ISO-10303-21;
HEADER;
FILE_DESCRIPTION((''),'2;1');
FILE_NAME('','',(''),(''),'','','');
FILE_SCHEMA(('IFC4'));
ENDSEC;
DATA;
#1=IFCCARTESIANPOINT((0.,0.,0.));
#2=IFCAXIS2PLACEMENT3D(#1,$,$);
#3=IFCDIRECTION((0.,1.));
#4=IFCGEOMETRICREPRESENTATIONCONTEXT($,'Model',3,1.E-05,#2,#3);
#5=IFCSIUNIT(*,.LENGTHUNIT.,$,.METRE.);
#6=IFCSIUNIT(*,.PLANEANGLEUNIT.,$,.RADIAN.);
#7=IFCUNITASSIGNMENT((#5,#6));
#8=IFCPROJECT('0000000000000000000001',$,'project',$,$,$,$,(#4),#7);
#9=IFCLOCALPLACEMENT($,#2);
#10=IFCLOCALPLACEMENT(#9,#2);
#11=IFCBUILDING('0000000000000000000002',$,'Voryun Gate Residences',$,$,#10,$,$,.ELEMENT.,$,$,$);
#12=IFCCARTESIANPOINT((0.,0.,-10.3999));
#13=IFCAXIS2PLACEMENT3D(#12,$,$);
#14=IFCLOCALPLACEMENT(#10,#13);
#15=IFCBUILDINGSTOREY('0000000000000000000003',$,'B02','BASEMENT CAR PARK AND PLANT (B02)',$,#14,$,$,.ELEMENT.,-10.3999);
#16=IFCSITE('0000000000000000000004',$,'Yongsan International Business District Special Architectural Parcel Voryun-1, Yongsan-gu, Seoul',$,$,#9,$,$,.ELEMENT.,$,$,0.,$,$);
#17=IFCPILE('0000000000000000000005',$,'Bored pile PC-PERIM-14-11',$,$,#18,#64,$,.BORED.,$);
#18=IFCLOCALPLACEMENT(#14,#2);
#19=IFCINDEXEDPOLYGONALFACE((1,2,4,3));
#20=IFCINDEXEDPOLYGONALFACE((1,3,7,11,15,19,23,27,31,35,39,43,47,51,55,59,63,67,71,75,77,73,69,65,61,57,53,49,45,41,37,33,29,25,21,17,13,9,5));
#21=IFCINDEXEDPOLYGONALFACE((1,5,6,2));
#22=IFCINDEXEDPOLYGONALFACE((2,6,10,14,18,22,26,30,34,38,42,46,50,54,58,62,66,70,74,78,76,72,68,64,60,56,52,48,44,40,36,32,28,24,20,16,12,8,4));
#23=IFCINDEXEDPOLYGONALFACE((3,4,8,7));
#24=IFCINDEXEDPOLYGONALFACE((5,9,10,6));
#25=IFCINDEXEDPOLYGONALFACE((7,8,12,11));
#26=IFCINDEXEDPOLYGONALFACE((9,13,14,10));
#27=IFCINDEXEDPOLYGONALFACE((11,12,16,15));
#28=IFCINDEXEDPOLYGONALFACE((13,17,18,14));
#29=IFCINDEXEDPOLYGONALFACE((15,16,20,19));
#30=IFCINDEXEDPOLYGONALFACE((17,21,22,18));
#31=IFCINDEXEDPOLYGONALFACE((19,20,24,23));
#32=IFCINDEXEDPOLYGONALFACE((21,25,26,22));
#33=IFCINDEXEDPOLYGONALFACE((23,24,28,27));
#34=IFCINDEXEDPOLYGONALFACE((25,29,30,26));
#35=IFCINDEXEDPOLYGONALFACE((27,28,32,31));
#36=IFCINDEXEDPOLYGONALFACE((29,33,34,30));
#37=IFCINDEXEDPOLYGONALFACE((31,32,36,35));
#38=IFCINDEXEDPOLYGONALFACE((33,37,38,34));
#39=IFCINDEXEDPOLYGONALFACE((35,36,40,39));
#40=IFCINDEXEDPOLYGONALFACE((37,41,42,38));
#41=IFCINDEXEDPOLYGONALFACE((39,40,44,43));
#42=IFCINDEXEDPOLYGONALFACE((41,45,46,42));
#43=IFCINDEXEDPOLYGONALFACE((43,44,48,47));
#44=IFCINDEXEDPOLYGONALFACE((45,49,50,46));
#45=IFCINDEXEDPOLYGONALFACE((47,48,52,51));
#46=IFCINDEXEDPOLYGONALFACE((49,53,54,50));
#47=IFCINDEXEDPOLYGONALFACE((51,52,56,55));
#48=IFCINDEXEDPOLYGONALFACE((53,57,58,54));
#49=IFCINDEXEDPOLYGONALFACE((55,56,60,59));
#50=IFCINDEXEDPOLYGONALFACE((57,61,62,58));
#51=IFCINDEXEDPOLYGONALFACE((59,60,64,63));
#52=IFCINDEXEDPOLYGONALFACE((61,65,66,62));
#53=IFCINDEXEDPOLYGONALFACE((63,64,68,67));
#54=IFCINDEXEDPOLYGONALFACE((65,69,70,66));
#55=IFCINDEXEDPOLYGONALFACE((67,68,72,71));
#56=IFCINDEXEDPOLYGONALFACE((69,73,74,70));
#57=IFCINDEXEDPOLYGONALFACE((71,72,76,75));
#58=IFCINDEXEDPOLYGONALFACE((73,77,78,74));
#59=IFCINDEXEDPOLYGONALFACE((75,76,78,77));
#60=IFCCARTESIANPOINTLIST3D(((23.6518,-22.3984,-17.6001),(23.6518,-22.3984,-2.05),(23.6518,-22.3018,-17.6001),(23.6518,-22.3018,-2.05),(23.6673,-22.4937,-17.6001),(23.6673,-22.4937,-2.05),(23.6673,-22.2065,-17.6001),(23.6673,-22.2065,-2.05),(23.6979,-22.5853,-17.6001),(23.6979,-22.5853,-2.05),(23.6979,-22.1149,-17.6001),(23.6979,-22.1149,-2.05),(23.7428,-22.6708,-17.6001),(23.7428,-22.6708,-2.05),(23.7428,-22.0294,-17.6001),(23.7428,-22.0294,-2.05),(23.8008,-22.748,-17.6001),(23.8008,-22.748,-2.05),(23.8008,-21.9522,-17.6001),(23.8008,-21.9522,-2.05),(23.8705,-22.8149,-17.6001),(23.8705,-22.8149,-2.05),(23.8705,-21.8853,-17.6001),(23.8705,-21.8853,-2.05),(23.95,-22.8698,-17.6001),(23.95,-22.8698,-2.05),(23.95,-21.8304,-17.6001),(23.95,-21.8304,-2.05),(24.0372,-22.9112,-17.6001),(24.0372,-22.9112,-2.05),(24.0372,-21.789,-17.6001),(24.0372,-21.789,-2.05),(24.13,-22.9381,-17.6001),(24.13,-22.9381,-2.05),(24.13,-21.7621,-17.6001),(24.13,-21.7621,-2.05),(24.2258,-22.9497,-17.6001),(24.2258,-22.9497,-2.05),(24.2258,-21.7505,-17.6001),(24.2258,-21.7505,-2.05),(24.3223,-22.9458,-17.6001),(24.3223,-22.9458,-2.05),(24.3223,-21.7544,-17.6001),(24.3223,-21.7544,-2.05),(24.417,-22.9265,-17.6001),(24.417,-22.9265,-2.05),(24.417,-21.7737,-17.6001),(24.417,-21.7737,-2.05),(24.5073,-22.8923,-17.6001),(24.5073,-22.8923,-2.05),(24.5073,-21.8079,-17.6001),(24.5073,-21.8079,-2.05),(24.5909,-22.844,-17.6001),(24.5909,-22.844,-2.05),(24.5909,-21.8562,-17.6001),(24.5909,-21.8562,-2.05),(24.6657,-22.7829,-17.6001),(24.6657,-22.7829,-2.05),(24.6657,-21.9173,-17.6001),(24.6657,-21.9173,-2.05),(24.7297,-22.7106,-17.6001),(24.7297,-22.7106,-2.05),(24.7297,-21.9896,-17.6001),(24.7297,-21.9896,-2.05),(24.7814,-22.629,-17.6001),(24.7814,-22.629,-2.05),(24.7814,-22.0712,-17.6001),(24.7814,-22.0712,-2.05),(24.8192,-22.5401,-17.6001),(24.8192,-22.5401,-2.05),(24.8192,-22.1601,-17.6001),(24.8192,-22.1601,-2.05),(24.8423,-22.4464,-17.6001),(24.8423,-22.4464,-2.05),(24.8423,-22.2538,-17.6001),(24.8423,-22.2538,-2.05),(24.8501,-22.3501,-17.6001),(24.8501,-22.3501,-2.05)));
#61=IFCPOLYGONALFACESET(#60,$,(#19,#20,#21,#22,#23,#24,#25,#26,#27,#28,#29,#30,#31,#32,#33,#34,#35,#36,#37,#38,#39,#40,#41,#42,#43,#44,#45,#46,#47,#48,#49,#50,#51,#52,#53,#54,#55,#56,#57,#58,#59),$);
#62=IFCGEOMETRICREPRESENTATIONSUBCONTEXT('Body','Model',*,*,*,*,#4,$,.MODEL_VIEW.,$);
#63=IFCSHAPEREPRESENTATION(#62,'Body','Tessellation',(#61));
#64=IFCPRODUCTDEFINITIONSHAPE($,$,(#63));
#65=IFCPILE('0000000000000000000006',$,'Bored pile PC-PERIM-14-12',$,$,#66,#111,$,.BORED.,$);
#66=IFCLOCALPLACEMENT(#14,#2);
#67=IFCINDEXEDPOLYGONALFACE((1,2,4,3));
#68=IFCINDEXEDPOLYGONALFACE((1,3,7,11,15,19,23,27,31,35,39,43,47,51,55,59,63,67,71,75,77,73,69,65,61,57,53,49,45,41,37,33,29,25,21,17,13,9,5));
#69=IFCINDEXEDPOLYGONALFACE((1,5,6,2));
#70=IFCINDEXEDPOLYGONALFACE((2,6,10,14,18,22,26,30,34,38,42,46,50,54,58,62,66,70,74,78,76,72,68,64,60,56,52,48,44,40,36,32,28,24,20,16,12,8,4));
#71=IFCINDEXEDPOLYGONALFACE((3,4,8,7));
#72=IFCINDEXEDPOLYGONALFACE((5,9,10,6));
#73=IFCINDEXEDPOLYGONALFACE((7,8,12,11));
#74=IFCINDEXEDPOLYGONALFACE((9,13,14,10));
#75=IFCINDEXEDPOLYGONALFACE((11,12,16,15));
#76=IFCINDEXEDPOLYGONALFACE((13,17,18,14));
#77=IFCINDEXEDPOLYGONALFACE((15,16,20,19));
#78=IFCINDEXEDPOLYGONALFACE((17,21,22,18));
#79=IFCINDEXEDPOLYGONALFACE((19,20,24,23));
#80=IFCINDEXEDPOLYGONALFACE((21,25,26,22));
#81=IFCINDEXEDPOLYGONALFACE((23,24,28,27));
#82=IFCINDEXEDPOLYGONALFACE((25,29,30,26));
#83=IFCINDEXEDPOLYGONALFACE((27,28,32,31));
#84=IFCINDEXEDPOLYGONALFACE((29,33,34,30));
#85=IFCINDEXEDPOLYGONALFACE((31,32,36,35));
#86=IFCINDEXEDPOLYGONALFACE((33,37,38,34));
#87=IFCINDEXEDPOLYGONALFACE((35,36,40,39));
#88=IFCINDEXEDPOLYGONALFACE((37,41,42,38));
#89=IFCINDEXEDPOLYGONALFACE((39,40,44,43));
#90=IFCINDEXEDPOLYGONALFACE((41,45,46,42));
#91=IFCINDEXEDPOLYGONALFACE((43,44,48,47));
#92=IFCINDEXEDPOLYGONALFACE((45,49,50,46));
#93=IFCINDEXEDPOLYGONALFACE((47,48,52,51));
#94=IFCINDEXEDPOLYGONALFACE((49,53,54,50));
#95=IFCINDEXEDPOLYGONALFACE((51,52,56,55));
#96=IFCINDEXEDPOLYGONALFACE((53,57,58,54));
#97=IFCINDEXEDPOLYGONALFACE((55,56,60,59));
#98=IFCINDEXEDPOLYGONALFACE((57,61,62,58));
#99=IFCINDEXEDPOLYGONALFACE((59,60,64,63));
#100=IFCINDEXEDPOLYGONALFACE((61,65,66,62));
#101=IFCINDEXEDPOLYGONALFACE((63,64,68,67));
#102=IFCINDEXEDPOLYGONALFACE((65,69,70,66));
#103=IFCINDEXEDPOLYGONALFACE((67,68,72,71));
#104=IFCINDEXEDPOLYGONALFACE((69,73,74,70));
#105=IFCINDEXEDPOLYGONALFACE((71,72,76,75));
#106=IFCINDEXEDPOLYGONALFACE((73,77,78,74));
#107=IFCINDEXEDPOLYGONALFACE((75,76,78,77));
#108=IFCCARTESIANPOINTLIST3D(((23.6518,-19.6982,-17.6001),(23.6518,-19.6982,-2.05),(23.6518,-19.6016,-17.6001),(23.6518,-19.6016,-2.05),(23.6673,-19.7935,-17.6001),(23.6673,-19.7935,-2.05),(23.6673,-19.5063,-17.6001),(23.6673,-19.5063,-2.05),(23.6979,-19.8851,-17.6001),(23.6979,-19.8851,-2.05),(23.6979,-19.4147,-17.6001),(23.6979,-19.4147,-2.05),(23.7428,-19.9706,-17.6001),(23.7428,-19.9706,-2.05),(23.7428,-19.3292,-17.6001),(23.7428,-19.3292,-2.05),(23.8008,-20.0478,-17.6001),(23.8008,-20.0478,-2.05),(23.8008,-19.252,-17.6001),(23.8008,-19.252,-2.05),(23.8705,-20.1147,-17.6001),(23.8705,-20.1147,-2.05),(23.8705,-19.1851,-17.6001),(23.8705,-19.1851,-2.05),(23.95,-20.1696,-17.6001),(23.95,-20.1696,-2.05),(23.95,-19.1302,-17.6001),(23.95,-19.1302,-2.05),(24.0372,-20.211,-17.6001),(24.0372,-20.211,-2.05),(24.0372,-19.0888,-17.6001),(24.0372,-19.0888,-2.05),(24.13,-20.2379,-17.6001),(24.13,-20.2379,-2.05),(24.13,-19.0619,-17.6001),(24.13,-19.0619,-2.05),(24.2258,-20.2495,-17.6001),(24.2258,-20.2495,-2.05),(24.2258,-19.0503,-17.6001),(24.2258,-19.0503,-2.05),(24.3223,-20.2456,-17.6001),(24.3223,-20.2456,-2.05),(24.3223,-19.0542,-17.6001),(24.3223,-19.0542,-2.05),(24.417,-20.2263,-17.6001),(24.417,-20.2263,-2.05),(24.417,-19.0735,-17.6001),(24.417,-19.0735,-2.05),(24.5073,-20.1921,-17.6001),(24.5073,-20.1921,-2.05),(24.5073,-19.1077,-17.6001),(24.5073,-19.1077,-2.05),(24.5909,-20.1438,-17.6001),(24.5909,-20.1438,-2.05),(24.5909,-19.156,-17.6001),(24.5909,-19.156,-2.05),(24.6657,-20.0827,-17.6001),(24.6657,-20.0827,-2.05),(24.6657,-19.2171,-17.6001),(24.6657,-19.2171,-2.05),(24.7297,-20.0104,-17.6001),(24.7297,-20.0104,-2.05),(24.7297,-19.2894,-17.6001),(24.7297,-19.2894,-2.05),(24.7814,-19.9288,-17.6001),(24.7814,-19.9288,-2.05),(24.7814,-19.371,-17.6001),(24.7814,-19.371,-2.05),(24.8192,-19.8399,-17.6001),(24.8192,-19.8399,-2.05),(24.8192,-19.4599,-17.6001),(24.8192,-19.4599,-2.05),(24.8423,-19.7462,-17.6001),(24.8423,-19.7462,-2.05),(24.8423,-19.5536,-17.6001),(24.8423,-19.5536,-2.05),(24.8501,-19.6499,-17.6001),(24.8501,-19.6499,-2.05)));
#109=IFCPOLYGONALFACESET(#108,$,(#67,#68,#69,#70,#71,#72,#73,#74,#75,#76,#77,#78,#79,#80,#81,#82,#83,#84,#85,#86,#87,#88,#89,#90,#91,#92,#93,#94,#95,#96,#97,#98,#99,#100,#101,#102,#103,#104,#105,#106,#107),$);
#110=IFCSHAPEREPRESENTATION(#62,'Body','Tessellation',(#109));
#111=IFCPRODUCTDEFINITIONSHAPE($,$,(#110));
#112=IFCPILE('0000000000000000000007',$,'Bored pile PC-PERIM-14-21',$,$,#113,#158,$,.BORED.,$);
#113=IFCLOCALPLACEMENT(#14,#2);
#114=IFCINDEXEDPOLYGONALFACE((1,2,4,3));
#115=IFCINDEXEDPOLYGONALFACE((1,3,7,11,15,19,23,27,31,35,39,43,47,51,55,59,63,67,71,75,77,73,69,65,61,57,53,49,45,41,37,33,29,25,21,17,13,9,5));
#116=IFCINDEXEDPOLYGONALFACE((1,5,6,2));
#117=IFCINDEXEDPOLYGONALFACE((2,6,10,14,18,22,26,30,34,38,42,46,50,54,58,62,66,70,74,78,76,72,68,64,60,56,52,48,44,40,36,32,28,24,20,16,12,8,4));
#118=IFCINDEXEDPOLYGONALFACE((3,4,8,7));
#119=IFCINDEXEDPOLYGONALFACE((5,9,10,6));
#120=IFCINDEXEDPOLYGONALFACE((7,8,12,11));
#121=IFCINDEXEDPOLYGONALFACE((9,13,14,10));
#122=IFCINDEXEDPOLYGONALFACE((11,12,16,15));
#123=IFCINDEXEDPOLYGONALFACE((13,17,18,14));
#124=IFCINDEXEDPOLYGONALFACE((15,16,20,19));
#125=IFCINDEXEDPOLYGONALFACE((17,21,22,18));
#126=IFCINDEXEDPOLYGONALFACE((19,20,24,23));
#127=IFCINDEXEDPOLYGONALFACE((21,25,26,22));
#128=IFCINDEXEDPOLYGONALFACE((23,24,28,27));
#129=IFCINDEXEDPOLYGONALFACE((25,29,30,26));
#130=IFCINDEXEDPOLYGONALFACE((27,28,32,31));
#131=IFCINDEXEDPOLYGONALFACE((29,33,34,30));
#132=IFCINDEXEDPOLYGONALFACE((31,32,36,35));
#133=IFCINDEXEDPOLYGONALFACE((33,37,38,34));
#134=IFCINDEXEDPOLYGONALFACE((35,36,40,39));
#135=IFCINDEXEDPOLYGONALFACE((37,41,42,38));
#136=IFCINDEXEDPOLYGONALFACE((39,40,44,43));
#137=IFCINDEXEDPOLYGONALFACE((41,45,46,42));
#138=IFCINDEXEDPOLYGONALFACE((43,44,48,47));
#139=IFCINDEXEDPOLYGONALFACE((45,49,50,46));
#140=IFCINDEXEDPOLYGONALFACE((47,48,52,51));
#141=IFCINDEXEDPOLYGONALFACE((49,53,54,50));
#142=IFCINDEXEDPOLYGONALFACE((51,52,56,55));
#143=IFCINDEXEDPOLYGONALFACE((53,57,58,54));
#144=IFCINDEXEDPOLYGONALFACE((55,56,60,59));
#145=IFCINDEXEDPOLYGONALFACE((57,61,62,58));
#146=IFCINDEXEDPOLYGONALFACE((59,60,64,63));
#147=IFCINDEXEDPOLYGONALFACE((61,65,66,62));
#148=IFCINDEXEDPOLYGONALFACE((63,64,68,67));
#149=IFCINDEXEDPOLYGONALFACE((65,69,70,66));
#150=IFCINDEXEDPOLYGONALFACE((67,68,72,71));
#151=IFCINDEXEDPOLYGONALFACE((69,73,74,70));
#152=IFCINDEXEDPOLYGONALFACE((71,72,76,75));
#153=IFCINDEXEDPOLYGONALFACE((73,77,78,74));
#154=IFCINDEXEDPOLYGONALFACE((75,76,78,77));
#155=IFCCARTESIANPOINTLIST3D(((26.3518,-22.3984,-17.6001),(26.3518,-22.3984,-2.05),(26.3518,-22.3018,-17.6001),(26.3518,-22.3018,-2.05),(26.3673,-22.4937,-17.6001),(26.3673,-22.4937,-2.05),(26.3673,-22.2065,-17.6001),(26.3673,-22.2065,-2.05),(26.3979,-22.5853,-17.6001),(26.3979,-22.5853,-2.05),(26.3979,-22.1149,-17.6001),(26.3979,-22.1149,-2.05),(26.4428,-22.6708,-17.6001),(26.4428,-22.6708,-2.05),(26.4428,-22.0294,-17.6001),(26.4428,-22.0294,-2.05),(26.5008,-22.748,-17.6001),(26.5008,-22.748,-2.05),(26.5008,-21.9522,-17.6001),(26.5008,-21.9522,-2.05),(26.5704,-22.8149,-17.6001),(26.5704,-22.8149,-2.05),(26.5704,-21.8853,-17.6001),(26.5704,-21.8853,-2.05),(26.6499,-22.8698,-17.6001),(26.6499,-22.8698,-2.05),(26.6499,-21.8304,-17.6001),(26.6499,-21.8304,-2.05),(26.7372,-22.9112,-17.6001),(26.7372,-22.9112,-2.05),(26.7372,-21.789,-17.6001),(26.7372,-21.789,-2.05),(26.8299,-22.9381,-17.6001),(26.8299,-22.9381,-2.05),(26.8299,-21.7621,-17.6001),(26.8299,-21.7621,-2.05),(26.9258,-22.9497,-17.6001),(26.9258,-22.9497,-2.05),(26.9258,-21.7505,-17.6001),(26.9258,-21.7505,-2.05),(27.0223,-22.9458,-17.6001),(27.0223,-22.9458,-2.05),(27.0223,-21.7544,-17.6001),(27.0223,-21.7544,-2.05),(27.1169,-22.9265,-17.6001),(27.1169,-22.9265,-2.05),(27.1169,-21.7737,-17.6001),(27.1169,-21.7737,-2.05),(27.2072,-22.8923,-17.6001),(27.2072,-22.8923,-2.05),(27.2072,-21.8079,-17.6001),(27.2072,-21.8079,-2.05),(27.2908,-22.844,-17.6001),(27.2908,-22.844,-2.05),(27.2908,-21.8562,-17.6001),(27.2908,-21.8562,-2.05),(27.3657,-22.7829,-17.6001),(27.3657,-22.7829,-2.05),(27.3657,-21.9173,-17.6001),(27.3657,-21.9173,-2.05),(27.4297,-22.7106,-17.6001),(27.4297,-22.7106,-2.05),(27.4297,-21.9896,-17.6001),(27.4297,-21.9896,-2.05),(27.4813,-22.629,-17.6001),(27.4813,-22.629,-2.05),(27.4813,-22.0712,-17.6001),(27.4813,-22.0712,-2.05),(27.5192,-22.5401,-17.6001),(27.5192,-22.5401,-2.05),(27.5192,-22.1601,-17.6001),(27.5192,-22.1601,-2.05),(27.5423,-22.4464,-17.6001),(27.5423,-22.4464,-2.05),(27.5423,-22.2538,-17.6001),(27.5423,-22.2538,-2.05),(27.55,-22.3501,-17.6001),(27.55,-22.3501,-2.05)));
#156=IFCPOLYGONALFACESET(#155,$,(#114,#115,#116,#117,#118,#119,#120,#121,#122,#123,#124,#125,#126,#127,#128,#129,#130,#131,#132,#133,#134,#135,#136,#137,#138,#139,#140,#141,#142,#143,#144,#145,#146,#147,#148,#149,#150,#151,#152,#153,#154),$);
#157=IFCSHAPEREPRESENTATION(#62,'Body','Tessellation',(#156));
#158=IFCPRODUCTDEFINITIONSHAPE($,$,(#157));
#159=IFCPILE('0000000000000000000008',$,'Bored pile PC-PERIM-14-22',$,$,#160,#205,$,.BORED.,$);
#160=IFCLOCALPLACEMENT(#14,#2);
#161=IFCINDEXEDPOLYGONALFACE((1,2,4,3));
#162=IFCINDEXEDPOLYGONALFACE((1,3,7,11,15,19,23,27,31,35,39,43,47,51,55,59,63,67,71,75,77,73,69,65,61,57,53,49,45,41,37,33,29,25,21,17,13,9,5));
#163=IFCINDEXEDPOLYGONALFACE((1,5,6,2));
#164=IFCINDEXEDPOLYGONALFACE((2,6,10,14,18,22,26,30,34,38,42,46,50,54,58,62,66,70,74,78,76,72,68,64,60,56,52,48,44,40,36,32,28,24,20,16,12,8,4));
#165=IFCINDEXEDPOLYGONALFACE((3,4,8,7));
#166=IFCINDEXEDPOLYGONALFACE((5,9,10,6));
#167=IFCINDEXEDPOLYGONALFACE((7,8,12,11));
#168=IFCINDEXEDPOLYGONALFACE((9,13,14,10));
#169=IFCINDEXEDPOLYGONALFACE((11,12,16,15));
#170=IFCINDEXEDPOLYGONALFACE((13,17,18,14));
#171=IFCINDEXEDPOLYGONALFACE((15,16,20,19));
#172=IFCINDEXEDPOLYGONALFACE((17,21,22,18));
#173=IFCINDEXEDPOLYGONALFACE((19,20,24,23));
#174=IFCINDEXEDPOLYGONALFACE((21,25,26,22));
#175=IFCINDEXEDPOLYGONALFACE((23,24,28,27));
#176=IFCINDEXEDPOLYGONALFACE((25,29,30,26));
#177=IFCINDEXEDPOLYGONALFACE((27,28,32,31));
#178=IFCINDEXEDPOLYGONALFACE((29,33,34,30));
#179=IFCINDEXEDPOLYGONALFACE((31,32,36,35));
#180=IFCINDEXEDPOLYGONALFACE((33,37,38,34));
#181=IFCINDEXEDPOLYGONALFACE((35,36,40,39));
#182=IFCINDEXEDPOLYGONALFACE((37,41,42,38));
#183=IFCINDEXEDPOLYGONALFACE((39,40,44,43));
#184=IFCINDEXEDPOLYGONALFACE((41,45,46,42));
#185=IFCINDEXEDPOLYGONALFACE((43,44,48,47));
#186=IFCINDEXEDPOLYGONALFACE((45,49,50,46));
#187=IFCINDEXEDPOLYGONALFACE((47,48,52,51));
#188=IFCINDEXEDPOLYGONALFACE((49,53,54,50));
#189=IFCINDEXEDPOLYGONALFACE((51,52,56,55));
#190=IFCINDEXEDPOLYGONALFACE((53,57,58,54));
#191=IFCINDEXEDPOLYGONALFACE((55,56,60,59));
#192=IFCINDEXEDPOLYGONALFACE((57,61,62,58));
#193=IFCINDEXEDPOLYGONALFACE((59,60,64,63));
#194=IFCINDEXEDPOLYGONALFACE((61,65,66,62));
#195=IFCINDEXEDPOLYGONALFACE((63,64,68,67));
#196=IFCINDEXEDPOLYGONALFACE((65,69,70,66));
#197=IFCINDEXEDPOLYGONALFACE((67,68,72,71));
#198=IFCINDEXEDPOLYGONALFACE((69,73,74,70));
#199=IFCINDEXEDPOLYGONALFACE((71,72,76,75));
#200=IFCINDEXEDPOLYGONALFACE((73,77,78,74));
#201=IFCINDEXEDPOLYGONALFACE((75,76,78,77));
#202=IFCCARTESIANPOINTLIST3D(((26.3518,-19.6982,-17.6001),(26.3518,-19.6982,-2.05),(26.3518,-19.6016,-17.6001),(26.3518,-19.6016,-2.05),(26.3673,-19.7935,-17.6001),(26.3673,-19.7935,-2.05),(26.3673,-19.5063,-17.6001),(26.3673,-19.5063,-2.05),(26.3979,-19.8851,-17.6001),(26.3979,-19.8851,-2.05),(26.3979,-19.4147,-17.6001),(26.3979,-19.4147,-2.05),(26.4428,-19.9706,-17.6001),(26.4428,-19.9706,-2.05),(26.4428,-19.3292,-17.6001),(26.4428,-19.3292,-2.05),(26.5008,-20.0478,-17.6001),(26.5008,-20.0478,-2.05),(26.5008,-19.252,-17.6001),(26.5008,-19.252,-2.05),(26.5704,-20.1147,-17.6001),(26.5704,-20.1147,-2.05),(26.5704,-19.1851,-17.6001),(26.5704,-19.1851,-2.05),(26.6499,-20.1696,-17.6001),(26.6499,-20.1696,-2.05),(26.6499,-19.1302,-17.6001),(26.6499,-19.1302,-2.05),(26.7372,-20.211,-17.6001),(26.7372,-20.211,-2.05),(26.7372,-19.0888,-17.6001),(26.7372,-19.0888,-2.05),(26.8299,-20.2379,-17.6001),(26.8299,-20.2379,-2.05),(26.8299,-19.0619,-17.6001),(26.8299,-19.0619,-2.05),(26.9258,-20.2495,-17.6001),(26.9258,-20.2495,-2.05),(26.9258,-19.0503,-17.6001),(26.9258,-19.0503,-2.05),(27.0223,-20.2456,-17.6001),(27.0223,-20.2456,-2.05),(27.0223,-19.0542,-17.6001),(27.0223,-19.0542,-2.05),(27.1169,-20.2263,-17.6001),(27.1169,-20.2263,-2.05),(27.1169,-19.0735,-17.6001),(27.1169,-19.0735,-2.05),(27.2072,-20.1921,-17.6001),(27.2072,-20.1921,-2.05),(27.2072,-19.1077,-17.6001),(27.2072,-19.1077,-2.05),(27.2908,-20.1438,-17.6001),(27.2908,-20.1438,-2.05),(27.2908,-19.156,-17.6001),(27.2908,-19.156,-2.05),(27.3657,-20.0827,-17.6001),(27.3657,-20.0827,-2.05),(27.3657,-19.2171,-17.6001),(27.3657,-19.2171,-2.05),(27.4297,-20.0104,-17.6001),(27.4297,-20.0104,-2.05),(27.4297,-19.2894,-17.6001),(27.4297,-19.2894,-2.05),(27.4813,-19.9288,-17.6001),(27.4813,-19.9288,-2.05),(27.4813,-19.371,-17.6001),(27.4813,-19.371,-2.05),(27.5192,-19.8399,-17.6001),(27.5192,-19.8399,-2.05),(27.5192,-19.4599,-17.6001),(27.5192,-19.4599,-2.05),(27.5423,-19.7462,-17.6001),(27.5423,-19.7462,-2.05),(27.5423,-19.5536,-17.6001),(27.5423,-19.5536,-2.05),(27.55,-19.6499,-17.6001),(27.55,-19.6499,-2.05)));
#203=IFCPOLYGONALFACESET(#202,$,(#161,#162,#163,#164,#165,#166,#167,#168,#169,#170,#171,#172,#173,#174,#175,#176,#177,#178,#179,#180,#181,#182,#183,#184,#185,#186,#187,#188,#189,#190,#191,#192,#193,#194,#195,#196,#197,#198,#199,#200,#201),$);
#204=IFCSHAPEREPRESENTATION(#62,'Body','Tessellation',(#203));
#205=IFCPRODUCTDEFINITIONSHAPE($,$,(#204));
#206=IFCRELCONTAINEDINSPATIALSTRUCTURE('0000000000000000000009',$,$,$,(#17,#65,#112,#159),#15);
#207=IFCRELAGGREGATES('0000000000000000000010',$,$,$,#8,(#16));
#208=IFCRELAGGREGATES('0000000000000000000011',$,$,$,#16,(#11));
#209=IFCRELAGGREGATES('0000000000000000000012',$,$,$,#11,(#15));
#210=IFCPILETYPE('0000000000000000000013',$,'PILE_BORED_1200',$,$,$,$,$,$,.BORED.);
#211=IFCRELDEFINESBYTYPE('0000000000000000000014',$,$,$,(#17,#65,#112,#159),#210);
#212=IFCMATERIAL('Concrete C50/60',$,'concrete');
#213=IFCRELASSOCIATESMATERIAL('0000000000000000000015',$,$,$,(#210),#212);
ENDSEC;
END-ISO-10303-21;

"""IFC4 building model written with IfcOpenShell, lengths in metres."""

from ifc_helpers import new_model, si_unit, direction, frame, origin, origin_2d, place, context, subcontext, project, spatial, circle, extrude, material, material_profile, profile_set, type_object, element, save


model = new_model("IFC4")

# Units and contexts
model_context = context("Model", 3, precision=1e-05, world=origin(), true_north=direction((0.0, 1.0)))
body_context = subcontext(model_context, "Body", "Model", "MODEL_VIEW")
ifc_project = project(units=[si_unit("LENGTHUNIT", "METRE"), si_unit("PLANEANGLEUNIT", "RADIAN")], contexts=[model_context])

# Site, building, storey
site_placement = place(None, origin())
site = spatial("IfcSite", under=ifc_project, at=site_placement, Name="Yongsan International Business District Special Architectural Parcel Voryun-1, Yongsan-gu, Seoul", CompositionType="ELEMENT", RefElevation=0.0)
building_placement = place(site_placement, origin())
building = spatial("IfcBuilding", under=site, at=building_placement, Name="Voryun Gate Residences", CompositionType="ELEMENT")
storey_placement = place(building_placement, frame((0.0, 0.0, -10.3999)))
storey = spatial("IfcBuildingStorey", under=building, at=storey_placement, Name="B02", Description="BASEMENT CAR PARK AND PLANT (B02)", CompositionType="ELEMENT", Elevation=-10.3999)

# Piles
ifc_material_1 = material(Name="Concrete C50/60", Category="concrete")
ifc_material_profile_1 = material_profile(ifc_material_1, circle(Radius=0.6001, at=origin_2d()), Name="PILE-D1200")
ifc_profile_set_1 = profile_set([ifc_material_profile_1], Name="Concrete C50/60")
pile_type = type_object("IfcPileType", Name="PILE_BORED_1200", PredefinedType="BORED", material=ifc_profile_set_1)
for number, where, z_axis, x_axis, name in (
    (1, (24.25, -22.3501, -2.05), (0.0, 0.0, -1.0), (1.0, 0.0, 0.0), "Bored pile PC-PERIM-14-11"),
    (2, (24.25, -19.6499, -2.05), (0.0, 0.0, -1.0), (1.0, 0.0, 0.0), "Bored pile PC-PERIM-14-12"),
    (3, (26.95, -22.3501, -2.05), (0.0, 0.0, -1.0), (1.0, 0.0, 0.0), "Bored pile PC-PERIM-14-21"),
    (4, (26.95, -19.6499, -2.05), (0.0, 0.0, -1.0), (1.0, 0.0, 0.0), "Bored pile PC-PERIM-14-22"),
):
    element("IfcPile", number, at=place(storey_placement, frame(where, z_axis=z_axis, x_axis=x_axis)), inside=storey, type_object=pile_type, Name=name, PredefinedType="BORED", context=body_context, shape_type="SweptSolid", body=[
        extrude(circle(Radius=0.6001, at=origin_2d()), origin(), (0.0, 0.0, 1.0), 15.55),
    ])

save(model, "model.ifc")
